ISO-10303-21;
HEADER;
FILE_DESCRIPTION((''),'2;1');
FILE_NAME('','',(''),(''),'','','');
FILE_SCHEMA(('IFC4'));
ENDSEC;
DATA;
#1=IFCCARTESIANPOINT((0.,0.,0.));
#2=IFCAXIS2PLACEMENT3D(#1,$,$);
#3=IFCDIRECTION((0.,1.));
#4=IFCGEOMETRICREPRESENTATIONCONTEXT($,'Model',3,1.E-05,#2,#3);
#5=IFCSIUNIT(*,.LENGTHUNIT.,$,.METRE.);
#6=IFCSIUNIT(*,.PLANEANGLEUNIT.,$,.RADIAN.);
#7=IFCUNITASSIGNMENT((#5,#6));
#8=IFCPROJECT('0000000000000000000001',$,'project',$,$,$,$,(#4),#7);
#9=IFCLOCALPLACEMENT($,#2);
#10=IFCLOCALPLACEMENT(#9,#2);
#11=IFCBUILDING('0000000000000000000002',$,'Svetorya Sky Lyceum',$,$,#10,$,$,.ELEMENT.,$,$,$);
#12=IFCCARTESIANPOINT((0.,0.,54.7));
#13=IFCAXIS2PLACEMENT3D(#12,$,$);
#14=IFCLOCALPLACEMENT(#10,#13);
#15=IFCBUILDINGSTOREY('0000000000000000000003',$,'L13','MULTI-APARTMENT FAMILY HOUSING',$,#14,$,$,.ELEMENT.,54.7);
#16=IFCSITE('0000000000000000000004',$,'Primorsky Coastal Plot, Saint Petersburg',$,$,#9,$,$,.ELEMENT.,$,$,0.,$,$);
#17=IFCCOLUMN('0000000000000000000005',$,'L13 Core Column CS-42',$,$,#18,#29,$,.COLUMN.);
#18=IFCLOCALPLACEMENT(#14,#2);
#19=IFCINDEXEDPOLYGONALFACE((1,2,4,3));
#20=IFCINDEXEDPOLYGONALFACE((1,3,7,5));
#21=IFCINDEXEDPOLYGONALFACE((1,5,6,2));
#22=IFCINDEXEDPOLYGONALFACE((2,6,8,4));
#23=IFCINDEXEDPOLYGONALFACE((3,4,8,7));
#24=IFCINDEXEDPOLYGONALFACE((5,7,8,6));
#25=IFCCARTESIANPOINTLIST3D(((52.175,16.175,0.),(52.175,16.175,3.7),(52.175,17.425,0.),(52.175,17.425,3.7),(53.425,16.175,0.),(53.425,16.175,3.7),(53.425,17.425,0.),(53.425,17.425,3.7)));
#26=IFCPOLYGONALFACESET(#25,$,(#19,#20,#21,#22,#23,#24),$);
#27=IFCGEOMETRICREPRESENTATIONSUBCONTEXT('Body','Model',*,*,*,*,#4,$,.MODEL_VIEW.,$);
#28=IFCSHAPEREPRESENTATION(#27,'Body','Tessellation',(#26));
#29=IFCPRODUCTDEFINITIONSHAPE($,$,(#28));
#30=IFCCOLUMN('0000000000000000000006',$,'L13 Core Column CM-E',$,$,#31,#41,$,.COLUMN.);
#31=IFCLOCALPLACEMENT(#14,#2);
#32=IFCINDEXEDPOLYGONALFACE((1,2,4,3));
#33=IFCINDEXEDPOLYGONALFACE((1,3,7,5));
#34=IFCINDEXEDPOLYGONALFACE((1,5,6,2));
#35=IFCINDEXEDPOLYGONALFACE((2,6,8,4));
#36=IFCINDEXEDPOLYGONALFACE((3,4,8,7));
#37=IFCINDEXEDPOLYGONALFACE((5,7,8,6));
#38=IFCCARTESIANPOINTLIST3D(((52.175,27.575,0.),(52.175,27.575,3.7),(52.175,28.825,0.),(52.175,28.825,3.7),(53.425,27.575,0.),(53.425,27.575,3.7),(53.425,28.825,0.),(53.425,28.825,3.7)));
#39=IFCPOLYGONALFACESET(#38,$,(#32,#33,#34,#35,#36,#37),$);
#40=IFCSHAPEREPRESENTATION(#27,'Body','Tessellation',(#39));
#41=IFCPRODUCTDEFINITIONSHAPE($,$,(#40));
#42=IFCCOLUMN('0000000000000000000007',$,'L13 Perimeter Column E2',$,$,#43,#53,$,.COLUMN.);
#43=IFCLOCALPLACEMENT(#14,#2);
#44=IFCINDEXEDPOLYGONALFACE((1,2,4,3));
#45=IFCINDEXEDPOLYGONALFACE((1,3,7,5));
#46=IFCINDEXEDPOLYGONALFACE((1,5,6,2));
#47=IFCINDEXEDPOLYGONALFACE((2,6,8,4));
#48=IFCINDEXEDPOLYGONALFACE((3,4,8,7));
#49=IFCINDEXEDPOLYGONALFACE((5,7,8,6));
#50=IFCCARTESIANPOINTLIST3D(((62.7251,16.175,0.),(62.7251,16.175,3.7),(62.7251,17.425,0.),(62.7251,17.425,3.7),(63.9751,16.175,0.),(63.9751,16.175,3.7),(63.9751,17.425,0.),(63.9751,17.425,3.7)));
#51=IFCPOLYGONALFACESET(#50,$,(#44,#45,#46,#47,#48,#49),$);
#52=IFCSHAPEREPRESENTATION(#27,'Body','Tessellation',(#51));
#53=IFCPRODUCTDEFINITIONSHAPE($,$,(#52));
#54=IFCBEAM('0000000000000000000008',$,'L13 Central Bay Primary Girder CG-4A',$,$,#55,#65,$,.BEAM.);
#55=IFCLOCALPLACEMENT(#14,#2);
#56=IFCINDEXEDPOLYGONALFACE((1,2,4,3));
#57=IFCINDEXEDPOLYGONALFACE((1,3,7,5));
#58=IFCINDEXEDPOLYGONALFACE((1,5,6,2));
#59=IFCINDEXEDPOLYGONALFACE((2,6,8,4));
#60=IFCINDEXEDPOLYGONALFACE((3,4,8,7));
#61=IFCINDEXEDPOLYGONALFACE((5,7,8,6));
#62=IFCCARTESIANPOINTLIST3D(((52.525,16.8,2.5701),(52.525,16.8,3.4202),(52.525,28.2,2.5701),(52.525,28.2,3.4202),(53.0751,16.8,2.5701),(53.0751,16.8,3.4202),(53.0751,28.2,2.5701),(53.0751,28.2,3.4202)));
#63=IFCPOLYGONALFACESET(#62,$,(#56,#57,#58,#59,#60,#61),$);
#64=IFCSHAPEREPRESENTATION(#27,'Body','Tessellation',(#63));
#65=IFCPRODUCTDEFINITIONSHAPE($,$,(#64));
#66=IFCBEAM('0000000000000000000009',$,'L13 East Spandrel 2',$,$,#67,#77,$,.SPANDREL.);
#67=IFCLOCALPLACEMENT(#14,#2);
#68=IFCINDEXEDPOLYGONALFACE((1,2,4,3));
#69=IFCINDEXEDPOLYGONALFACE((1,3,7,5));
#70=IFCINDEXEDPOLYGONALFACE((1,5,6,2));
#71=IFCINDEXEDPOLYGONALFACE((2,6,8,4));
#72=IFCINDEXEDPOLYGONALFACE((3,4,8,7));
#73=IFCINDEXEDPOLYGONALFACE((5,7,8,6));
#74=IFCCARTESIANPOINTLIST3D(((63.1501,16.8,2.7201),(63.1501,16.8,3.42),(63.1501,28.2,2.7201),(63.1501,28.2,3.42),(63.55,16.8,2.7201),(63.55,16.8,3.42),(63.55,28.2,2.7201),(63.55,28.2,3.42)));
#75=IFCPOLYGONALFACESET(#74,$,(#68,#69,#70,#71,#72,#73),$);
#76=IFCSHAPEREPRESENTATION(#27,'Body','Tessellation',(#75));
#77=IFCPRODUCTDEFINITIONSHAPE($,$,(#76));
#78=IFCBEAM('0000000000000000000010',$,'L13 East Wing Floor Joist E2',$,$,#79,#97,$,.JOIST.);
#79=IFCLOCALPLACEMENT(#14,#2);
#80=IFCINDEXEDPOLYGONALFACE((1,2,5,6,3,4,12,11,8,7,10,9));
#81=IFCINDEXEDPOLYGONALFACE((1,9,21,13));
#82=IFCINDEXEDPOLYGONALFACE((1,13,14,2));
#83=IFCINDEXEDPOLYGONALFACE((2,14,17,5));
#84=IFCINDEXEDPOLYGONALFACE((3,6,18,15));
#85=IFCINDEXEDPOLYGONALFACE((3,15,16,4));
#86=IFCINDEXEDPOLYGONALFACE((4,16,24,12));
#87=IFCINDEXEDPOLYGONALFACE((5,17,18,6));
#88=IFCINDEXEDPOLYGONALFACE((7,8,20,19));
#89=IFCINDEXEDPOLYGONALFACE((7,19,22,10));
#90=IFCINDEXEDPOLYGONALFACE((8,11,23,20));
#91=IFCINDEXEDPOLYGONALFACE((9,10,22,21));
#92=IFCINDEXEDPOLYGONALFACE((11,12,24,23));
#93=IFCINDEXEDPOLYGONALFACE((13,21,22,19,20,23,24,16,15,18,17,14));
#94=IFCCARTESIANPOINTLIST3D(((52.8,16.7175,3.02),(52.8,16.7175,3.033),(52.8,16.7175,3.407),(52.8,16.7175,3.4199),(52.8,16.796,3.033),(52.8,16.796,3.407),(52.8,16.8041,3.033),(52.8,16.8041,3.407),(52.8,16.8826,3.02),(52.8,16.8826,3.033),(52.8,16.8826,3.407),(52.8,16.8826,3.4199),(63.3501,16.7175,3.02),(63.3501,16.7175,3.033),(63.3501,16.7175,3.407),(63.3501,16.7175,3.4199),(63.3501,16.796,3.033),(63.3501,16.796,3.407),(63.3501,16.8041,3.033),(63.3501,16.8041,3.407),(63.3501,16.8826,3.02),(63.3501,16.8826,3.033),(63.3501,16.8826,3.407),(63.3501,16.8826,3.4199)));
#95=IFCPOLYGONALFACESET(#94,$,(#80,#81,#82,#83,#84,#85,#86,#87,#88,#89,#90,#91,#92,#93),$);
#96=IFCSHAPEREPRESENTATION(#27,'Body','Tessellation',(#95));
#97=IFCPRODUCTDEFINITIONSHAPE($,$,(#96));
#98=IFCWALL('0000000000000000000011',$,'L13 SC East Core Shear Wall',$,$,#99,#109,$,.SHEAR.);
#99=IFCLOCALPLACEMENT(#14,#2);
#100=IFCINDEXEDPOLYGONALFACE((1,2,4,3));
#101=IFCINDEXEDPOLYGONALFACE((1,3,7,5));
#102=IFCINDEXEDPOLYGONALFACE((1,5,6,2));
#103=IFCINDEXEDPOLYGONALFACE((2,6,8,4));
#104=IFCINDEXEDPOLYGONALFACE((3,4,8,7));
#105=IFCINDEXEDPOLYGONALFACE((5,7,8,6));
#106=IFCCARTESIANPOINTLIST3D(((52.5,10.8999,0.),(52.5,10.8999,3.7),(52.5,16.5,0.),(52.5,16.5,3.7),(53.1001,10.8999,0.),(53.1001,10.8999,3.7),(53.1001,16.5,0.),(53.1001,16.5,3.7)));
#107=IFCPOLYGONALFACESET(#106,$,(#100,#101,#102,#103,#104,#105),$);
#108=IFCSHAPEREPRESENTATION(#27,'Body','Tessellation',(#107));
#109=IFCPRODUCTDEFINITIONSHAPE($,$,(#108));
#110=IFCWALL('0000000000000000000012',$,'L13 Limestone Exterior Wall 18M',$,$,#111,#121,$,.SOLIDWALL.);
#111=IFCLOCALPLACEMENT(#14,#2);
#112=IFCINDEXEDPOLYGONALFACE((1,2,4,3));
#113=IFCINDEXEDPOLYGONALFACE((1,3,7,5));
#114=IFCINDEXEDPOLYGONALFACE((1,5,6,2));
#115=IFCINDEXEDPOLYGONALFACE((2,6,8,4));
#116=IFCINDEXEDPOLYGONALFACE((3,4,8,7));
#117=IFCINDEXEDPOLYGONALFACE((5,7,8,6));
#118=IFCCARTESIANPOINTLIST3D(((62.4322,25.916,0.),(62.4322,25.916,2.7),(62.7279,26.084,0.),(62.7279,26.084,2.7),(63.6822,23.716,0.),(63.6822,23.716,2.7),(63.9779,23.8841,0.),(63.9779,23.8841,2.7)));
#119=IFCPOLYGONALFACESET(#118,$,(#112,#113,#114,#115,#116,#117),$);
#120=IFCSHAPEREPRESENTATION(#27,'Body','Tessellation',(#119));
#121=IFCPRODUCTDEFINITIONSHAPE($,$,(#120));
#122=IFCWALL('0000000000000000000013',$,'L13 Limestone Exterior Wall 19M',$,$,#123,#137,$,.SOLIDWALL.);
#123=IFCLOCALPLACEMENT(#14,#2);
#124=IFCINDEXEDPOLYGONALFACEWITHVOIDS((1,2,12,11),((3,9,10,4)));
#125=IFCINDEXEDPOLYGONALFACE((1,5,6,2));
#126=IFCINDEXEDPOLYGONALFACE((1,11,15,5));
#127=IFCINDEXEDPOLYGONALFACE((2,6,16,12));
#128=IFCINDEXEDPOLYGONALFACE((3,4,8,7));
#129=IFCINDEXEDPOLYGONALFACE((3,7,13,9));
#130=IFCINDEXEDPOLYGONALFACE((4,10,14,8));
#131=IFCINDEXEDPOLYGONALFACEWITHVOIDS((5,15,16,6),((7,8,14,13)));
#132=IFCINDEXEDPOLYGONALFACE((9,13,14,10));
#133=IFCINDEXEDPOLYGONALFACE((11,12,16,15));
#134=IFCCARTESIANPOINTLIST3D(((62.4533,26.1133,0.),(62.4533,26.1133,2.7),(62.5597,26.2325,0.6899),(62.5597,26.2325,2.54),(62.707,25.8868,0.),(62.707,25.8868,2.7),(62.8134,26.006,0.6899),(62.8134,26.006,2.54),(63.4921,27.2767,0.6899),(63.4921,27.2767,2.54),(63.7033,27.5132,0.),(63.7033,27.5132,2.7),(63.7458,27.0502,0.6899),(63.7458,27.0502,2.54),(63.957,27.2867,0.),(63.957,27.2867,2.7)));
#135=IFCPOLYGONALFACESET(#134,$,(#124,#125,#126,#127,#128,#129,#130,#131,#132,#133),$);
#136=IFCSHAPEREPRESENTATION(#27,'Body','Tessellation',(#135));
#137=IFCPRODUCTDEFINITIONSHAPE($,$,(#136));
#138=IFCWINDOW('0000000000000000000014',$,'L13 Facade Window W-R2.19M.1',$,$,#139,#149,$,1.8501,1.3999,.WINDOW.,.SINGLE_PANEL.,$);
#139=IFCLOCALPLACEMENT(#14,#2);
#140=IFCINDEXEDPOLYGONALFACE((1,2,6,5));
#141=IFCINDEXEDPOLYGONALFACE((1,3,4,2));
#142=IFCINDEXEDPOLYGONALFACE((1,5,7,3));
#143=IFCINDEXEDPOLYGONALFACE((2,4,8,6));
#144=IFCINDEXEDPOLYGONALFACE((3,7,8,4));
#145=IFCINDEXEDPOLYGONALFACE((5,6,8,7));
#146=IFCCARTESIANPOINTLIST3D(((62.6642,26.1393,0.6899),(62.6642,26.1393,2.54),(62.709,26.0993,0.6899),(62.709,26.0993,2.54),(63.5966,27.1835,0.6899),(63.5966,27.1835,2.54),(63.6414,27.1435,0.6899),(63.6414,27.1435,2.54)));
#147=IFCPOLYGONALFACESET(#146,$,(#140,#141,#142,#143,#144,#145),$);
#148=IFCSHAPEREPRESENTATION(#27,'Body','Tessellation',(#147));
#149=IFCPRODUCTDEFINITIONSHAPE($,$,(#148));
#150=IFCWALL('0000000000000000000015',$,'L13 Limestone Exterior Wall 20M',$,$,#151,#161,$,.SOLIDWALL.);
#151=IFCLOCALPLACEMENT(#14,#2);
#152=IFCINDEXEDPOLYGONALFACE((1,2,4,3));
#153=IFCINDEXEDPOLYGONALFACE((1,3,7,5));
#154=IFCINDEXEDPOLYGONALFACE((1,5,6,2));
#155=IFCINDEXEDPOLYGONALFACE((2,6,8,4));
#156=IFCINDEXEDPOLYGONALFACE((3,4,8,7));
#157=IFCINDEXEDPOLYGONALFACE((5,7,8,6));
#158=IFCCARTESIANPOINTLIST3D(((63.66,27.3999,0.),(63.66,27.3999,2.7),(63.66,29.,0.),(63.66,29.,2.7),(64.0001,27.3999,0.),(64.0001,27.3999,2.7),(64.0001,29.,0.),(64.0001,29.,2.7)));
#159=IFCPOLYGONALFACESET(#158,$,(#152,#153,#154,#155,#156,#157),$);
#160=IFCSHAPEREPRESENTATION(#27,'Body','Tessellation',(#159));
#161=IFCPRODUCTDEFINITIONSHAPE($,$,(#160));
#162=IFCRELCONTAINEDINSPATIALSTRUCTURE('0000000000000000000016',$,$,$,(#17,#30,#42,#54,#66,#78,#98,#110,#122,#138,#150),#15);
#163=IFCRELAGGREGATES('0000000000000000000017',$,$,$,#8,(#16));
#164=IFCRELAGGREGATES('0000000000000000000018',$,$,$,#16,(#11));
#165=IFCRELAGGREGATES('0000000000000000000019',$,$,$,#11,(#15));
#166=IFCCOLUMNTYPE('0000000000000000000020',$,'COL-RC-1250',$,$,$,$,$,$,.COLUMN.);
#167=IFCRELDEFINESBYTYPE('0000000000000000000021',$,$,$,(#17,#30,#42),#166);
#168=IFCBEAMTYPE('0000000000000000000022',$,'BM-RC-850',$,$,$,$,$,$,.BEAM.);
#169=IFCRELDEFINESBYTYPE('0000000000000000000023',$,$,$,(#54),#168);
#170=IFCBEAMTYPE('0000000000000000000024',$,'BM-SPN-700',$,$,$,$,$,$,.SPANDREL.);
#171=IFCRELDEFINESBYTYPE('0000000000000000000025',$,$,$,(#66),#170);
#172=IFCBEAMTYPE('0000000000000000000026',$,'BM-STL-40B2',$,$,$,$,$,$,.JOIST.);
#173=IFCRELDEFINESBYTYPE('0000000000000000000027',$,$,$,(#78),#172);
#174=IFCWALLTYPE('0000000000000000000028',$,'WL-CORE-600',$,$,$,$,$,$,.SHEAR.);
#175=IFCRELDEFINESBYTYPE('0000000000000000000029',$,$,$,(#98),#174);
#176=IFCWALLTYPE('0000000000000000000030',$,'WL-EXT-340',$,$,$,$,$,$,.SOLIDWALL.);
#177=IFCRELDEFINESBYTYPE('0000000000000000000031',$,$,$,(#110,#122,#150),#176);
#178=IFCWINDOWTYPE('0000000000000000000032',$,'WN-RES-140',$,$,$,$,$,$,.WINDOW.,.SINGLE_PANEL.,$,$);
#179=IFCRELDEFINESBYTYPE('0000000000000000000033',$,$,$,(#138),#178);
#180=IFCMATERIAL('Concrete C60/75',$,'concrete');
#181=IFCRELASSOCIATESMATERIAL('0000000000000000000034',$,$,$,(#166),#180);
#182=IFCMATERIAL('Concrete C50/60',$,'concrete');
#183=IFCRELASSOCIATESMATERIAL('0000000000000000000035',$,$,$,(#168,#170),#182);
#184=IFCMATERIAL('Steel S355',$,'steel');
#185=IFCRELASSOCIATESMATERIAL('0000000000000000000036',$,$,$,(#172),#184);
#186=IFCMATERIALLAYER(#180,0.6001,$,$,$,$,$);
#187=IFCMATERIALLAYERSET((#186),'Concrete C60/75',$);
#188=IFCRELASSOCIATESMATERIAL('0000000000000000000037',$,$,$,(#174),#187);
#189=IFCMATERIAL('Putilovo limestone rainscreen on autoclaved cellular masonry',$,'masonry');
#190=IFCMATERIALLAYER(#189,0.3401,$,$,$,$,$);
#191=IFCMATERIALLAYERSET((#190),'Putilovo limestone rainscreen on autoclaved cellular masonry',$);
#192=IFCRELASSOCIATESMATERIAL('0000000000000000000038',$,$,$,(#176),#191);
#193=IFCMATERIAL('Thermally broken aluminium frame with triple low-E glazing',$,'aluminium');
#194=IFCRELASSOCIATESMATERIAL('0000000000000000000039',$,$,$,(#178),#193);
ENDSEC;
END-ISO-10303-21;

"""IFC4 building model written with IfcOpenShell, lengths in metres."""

from ifc_helpers import new_model, si_unit, direction, frame, frame_2d, origin, origin_2d, place, context, subcontext, project, spatial, rectangle, i_section, extrude, material, layer, layer_set, material_profile, profile_set, type_object, element, fill, save


model = new_model("IFC4")

# Units and contexts
model_context = context("Model", 3, precision=1e-05, world=origin(), true_north=direction((0.0, 1.0)))
body_context = subcontext(model_context, "Body", "Model", "MODEL_VIEW")
ifc_project = project(units=[si_unit("LENGTHUNIT", "METRE"), si_unit("PLANEANGLEUNIT", "RADIAN")], contexts=[model_context])

# Site, building, storey
site_placement = place(None, origin())
site = spatial("IfcSite", under=ifc_project, at=site_placement, Name="Primorsky Coastal Plot, Saint Petersburg", CompositionType="ELEMENT", RefElevation=0.0)
building_placement = place(site_placement, origin())
building = spatial("IfcBuilding", under=site, at=building_placement, Name="Svetorya Sky Lyceum", CompositionType="ELEMENT")
storey_placement = place(building_placement, frame((0.0, 0.0, 54.7)))
storey = spatial("IfcBuildingStorey", under=building, at=storey_placement, Name="L13", Description="MULTI-APARTMENT FAMILY HOUSING", CompositionType="ELEMENT", Elevation=54.7)

# Columns
ifc_material_1 = material(Name="Concrete C60/75", Category="concrete")
ifc_material_profile_1 = material_profile(ifc_material_1, rectangle(XDim=1.25, YDim=1.25, at=origin_2d()), Name="RC COL 1250x1250")
ifc_profile_set_1 = profile_set([ifc_material_profile_1], Name="Concrete C60/75")
column_type = type_object("IfcColumnType", Name="COL-RC-1250", PredefinedType="COLUMN", material=ifc_profile_set_1)
for number, where, z_axis, x_axis, name in (
    (1, (52.8, 16.8, 0.0), (0.0, 0.0, 1.0), (1.0, 0.0, 0.0), "L13 Core Column CS-42"),
    (2, (52.8, 28.2, 0.0), (0.0, 0.0, 1.0), (1.0, 0.0, 0.0), "L13 Core Column CM-E"),
    (3, (63.3501, 16.8, 0.0), (0.0, 0.0, 1.0), (1.0, 0.0, 0.0), "L13 Perimeter Column E2"),
):
    element("IfcColumn", number, at=place(storey_placement, frame(where, z_axis=z_axis, x_axis=x_axis)), inside=storey, type_object=column_type, Name=name, PredefinedType="COLUMN", context=body_context, shape_type="SweptSolid", body=[
        extrude(rectangle(XDim=1.25, YDim=1.25, at=origin_2d()), origin(), (0.0, 0.0, 1.0), 3.7),
    ])

# Beams
ifc_material_2 = material(Name="Concrete C50/60", Category="concrete")
ifc_material_profile_2 = material_profile(ifc_material_2, rectangle(XDim=0.55, YDim=0.8501, at=origin_2d()), Name="RC BEAM 550x850")
ifc_profile_set_2 = profile_set([ifc_material_profile_2], Name="Concrete C50/60")
beam_type_1 = type_object("IfcBeamType", Name="BM-RC-850", PredefinedType="BEAM", material=ifc_profile_set_2)
beam_1_placement = place(storey_placement, frame((52.8, 16.8, 2.9951), z_axis=(0.0, 1.0, 0.0), x_axis=(-1.0, 0.0, 0.0)))
element("IfcBeam", 4, at=beam_1_placement, inside=storey, type_object=beam_type_1, Name="L13 Central Bay Primary Girder CG-4A", PredefinedType="BEAM", context=body_context, shape_type="SweptSolid", body=[
    extrude(rectangle(XDim=0.55, YDim=0.8501, at=origin_2d()), origin(), (0.0, 0.0, 1.0), 11.3999),
])
ifc_material_profile_3 = material_profile(ifc_material_2, rectangle(XDim=0.3999, YDim=0.7, at=origin_2d()), Name="RC SPANDREL 400x700")
ifc_profile_set_3 = profile_set([ifc_material_profile_3], Name="Concrete C50/60")
beam_type_2 = type_object("IfcBeamType", Name="BM-SPN-700", PredefinedType="SPANDREL", material=ifc_profile_set_3)
beam_2_placement = place(storey_placement, frame((63.3501, 16.8, 3.0701), z_axis=(0.0, 1.0, 0.0), x_axis=(-1.0, 0.0, 0.0)))
element("IfcBeam", 5, at=beam_2_placement, inside=storey, type_object=beam_type_2, Name="L13 East Spandrel 2", PredefinedType="SPANDREL", context=body_context, shape_type="SweptSolid", body=[
    extrude(rectangle(XDim=0.3999, YDim=0.7, at=origin_2d()), origin(), (0.0, 0.0, 1.0), 11.3999),
])
ifc_material_3 = material(Name="Steel S355", Category="steel")
ifc_material_profile_4 = material_profile(ifc_material_3, i_section(OverallWidth=0.165, OverallDepth=0.3999, WebThickness=0.0081, FlangeThickness=0.0129, at=origin_2d()), Name="GOST 40B2")
ifc_profile_set_4 = profile_set([ifc_material_profile_4], Name="Steel S355")
beam_type_3 = type_object("IfcBeamType", Name="BM-STL-40B2", PredefinedType="JOIST", material=ifc_profile_set_4)
beam_3_placement = place(storey_placement, frame((52.8, 16.8, 3.22), z_axis=(1.0, 0.0, 0.0), x_axis=(0.0, 1.0, 0.0)))
element("IfcBeam", 6, at=beam_3_placement, inside=storey, type_object=beam_type_3, Name="L13 East Wing Floor Joist E2", PredefinedType="JOIST", context=body_context, shape_type="SweptSolid", body=[
    extrude(i_section(OverallWidth=0.165, OverallDepth=0.3999, WebThickness=0.0081, FlangeThickness=0.0129, at=origin_2d()), origin(), (0.0, 0.0, 1.0), 10.55),
])

# Walls
ifc_layer_1 = layer(ifc_material_1, 0.6001)
ifc_layer_set_1 = layer_set([ifc_layer_1], Name="Concrete C60/75")
wall_type_1 = type_object("IfcWallType", Name="WL-CORE-600", PredefinedType="SHEAR", material=ifc_layer_set_1)
wall_1_placement = place(storey_placement, frame((52.8, 10.8999, 0.0), z_axis=(0.0, 0.0, 1.0), x_axis=(0.0, 1.0, 0.0)))
element("IfcWall", 7, at=wall_1_placement, inside=storey, type_object=wall_type_1, Name="L13 SC East Core Shear Wall", PredefinedType="SHEAR", context=body_context, shape_type="SweptSolid", body=[
    extrude(rectangle(XDim=5.6001, YDim=0.6001, at=frame_2d((2.8, 0.0))), origin(), (0.0, 0.0, 1.0), 3.7),
])
ifc_material_4 = material(Name="Putilovo limestone rainscreen on autoclaved cellular masonry", Category="masonry")
ifc_layer_2 = layer(ifc_material_4, 0.3401)
ifc_layer_set_2 = layer_set([ifc_layer_2], Name="Putilovo limestone rainscreen on autoclaved cellular masonry")
wall_type_2 = type_object("IfcWallType", Name="WL-EXT-340", PredefinedType="SOLIDWALL", material=ifc_layer_set_2)
wall_2_placement = place(storey_placement, frame((63.8301, 23.8, 0.0), z_axis=(0.0, 0.0, 1.0), x_axis=(-0.494018, 0.869452, 0.0)))
element("IfcWall", 8, at=wall_2_placement, inside=storey, type_object=wall_type_2, Name="L13 Limestone Exterior Wall 18M", PredefinedType="SOLIDWALL", context=body_context, shape_type="SweptSolid", body=[
    extrude(rectangle(XDim=2.5303, YDim=0.3401, at=frame_2d((1.2651, 0.0))), origin(), (0.0, 0.0, 1.0), 2.7),
])

# Wall, opening, window
wall_3_placement = place(storey_placement, frame((62.5801, 26.0, 0.0), z_axis=(0.0, 0.0, 1.0), x_axis=(0.666042, 0.745915, 0.0)))
wall_3 = element("IfcWall", 9, at=wall_3_placement, inside=storey, type_object=wall_type_2, Name="L13 Limestone Exterior Wall 19M", PredefinedType="SOLIDWALL", context=body_context, shape_type="SweptSolid", body=[
    extrude(rectangle(XDim=1.8767, YDim=0.3401, at=frame_2d((0.9385, 0.0))), origin(), (0.0, 0.0, 1.0), 2.7),
])
opening_1_placement = place(wall_3_placement, frame((0.1599, 0.0, 0.6899)))
opening_1 = element("IfcOpeningElement", 10, at=opening_1_placement, cuts=wall_3, PredefinedType="OPENING", context=body_context, shape_type="SweptSolid", body=[
    extrude(rectangle(XDim=1.3999, YDim=1.8501, at=frame_2d((0.7, 0.925))), frame((0.0, 0.1799, 0.0), z_axis=(0.0, -1.0, 0.0), x_axis=(1.0, 0.0, 0.0)), (0.0, 0.0, 1.0), 0.3601),
])
ifc_material_5 = material(Name="Thermally broken aluminium frame with triple low-E glazing", Category="aluminium")
window_type = type_object("IfcWindowType", Name="WN-RES-140", PartitioningType="SINGLE_PANEL", PredefinedType="WINDOW", material=ifc_material_5)
window_placement = place(opening_1_placement, origin())
window = element("IfcWindow", 11, at=window_placement, inside=storey, type_object=window_type, Name="L13 Facade Window W-R2.19M.1", OverallHeight=1.8501, OverallWidth=1.3999, PartitioningType="SINGLE_PANEL", PredefinedType="WINDOW", context=body_context, shape_type="SweptSolid", body=[
    extrude(rectangle(XDim=1.3999, YDim=1.8501, at=frame_2d((0.7, 0.925))), frame((0.0, 0.03, 0.0), z_axis=(0.0, -1.0, 0.0), x_axis=(1.0, 0.0, 0.0)), (0.0, 0.0, 1.0), 0.0601),
])
fill(opening_1, window)

# Wall
wall_4_placement = place(storey_placement, frame((63.8301, 27.3999, 0.0), z_axis=(0.0, 0.0, 1.0), x_axis=(0.0, 1.0, 0.0)))
element("IfcWall", 12, at=wall_4_placement, inside=storey, type_object=wall_type_2, Name="L13 Limestone Exterior Wall 20M", PredefinedType="SOLIDWALL", context=body_context, shape_type="SweptSolid", body=[
    extrude(rectangle(XDim=1.6001, YDim=0.3401, at=frame_2d((0.8, 0.0))), origin(), (0.0, 0.0, 1.0), 2.7),
])

save(model, "model.ifc")
